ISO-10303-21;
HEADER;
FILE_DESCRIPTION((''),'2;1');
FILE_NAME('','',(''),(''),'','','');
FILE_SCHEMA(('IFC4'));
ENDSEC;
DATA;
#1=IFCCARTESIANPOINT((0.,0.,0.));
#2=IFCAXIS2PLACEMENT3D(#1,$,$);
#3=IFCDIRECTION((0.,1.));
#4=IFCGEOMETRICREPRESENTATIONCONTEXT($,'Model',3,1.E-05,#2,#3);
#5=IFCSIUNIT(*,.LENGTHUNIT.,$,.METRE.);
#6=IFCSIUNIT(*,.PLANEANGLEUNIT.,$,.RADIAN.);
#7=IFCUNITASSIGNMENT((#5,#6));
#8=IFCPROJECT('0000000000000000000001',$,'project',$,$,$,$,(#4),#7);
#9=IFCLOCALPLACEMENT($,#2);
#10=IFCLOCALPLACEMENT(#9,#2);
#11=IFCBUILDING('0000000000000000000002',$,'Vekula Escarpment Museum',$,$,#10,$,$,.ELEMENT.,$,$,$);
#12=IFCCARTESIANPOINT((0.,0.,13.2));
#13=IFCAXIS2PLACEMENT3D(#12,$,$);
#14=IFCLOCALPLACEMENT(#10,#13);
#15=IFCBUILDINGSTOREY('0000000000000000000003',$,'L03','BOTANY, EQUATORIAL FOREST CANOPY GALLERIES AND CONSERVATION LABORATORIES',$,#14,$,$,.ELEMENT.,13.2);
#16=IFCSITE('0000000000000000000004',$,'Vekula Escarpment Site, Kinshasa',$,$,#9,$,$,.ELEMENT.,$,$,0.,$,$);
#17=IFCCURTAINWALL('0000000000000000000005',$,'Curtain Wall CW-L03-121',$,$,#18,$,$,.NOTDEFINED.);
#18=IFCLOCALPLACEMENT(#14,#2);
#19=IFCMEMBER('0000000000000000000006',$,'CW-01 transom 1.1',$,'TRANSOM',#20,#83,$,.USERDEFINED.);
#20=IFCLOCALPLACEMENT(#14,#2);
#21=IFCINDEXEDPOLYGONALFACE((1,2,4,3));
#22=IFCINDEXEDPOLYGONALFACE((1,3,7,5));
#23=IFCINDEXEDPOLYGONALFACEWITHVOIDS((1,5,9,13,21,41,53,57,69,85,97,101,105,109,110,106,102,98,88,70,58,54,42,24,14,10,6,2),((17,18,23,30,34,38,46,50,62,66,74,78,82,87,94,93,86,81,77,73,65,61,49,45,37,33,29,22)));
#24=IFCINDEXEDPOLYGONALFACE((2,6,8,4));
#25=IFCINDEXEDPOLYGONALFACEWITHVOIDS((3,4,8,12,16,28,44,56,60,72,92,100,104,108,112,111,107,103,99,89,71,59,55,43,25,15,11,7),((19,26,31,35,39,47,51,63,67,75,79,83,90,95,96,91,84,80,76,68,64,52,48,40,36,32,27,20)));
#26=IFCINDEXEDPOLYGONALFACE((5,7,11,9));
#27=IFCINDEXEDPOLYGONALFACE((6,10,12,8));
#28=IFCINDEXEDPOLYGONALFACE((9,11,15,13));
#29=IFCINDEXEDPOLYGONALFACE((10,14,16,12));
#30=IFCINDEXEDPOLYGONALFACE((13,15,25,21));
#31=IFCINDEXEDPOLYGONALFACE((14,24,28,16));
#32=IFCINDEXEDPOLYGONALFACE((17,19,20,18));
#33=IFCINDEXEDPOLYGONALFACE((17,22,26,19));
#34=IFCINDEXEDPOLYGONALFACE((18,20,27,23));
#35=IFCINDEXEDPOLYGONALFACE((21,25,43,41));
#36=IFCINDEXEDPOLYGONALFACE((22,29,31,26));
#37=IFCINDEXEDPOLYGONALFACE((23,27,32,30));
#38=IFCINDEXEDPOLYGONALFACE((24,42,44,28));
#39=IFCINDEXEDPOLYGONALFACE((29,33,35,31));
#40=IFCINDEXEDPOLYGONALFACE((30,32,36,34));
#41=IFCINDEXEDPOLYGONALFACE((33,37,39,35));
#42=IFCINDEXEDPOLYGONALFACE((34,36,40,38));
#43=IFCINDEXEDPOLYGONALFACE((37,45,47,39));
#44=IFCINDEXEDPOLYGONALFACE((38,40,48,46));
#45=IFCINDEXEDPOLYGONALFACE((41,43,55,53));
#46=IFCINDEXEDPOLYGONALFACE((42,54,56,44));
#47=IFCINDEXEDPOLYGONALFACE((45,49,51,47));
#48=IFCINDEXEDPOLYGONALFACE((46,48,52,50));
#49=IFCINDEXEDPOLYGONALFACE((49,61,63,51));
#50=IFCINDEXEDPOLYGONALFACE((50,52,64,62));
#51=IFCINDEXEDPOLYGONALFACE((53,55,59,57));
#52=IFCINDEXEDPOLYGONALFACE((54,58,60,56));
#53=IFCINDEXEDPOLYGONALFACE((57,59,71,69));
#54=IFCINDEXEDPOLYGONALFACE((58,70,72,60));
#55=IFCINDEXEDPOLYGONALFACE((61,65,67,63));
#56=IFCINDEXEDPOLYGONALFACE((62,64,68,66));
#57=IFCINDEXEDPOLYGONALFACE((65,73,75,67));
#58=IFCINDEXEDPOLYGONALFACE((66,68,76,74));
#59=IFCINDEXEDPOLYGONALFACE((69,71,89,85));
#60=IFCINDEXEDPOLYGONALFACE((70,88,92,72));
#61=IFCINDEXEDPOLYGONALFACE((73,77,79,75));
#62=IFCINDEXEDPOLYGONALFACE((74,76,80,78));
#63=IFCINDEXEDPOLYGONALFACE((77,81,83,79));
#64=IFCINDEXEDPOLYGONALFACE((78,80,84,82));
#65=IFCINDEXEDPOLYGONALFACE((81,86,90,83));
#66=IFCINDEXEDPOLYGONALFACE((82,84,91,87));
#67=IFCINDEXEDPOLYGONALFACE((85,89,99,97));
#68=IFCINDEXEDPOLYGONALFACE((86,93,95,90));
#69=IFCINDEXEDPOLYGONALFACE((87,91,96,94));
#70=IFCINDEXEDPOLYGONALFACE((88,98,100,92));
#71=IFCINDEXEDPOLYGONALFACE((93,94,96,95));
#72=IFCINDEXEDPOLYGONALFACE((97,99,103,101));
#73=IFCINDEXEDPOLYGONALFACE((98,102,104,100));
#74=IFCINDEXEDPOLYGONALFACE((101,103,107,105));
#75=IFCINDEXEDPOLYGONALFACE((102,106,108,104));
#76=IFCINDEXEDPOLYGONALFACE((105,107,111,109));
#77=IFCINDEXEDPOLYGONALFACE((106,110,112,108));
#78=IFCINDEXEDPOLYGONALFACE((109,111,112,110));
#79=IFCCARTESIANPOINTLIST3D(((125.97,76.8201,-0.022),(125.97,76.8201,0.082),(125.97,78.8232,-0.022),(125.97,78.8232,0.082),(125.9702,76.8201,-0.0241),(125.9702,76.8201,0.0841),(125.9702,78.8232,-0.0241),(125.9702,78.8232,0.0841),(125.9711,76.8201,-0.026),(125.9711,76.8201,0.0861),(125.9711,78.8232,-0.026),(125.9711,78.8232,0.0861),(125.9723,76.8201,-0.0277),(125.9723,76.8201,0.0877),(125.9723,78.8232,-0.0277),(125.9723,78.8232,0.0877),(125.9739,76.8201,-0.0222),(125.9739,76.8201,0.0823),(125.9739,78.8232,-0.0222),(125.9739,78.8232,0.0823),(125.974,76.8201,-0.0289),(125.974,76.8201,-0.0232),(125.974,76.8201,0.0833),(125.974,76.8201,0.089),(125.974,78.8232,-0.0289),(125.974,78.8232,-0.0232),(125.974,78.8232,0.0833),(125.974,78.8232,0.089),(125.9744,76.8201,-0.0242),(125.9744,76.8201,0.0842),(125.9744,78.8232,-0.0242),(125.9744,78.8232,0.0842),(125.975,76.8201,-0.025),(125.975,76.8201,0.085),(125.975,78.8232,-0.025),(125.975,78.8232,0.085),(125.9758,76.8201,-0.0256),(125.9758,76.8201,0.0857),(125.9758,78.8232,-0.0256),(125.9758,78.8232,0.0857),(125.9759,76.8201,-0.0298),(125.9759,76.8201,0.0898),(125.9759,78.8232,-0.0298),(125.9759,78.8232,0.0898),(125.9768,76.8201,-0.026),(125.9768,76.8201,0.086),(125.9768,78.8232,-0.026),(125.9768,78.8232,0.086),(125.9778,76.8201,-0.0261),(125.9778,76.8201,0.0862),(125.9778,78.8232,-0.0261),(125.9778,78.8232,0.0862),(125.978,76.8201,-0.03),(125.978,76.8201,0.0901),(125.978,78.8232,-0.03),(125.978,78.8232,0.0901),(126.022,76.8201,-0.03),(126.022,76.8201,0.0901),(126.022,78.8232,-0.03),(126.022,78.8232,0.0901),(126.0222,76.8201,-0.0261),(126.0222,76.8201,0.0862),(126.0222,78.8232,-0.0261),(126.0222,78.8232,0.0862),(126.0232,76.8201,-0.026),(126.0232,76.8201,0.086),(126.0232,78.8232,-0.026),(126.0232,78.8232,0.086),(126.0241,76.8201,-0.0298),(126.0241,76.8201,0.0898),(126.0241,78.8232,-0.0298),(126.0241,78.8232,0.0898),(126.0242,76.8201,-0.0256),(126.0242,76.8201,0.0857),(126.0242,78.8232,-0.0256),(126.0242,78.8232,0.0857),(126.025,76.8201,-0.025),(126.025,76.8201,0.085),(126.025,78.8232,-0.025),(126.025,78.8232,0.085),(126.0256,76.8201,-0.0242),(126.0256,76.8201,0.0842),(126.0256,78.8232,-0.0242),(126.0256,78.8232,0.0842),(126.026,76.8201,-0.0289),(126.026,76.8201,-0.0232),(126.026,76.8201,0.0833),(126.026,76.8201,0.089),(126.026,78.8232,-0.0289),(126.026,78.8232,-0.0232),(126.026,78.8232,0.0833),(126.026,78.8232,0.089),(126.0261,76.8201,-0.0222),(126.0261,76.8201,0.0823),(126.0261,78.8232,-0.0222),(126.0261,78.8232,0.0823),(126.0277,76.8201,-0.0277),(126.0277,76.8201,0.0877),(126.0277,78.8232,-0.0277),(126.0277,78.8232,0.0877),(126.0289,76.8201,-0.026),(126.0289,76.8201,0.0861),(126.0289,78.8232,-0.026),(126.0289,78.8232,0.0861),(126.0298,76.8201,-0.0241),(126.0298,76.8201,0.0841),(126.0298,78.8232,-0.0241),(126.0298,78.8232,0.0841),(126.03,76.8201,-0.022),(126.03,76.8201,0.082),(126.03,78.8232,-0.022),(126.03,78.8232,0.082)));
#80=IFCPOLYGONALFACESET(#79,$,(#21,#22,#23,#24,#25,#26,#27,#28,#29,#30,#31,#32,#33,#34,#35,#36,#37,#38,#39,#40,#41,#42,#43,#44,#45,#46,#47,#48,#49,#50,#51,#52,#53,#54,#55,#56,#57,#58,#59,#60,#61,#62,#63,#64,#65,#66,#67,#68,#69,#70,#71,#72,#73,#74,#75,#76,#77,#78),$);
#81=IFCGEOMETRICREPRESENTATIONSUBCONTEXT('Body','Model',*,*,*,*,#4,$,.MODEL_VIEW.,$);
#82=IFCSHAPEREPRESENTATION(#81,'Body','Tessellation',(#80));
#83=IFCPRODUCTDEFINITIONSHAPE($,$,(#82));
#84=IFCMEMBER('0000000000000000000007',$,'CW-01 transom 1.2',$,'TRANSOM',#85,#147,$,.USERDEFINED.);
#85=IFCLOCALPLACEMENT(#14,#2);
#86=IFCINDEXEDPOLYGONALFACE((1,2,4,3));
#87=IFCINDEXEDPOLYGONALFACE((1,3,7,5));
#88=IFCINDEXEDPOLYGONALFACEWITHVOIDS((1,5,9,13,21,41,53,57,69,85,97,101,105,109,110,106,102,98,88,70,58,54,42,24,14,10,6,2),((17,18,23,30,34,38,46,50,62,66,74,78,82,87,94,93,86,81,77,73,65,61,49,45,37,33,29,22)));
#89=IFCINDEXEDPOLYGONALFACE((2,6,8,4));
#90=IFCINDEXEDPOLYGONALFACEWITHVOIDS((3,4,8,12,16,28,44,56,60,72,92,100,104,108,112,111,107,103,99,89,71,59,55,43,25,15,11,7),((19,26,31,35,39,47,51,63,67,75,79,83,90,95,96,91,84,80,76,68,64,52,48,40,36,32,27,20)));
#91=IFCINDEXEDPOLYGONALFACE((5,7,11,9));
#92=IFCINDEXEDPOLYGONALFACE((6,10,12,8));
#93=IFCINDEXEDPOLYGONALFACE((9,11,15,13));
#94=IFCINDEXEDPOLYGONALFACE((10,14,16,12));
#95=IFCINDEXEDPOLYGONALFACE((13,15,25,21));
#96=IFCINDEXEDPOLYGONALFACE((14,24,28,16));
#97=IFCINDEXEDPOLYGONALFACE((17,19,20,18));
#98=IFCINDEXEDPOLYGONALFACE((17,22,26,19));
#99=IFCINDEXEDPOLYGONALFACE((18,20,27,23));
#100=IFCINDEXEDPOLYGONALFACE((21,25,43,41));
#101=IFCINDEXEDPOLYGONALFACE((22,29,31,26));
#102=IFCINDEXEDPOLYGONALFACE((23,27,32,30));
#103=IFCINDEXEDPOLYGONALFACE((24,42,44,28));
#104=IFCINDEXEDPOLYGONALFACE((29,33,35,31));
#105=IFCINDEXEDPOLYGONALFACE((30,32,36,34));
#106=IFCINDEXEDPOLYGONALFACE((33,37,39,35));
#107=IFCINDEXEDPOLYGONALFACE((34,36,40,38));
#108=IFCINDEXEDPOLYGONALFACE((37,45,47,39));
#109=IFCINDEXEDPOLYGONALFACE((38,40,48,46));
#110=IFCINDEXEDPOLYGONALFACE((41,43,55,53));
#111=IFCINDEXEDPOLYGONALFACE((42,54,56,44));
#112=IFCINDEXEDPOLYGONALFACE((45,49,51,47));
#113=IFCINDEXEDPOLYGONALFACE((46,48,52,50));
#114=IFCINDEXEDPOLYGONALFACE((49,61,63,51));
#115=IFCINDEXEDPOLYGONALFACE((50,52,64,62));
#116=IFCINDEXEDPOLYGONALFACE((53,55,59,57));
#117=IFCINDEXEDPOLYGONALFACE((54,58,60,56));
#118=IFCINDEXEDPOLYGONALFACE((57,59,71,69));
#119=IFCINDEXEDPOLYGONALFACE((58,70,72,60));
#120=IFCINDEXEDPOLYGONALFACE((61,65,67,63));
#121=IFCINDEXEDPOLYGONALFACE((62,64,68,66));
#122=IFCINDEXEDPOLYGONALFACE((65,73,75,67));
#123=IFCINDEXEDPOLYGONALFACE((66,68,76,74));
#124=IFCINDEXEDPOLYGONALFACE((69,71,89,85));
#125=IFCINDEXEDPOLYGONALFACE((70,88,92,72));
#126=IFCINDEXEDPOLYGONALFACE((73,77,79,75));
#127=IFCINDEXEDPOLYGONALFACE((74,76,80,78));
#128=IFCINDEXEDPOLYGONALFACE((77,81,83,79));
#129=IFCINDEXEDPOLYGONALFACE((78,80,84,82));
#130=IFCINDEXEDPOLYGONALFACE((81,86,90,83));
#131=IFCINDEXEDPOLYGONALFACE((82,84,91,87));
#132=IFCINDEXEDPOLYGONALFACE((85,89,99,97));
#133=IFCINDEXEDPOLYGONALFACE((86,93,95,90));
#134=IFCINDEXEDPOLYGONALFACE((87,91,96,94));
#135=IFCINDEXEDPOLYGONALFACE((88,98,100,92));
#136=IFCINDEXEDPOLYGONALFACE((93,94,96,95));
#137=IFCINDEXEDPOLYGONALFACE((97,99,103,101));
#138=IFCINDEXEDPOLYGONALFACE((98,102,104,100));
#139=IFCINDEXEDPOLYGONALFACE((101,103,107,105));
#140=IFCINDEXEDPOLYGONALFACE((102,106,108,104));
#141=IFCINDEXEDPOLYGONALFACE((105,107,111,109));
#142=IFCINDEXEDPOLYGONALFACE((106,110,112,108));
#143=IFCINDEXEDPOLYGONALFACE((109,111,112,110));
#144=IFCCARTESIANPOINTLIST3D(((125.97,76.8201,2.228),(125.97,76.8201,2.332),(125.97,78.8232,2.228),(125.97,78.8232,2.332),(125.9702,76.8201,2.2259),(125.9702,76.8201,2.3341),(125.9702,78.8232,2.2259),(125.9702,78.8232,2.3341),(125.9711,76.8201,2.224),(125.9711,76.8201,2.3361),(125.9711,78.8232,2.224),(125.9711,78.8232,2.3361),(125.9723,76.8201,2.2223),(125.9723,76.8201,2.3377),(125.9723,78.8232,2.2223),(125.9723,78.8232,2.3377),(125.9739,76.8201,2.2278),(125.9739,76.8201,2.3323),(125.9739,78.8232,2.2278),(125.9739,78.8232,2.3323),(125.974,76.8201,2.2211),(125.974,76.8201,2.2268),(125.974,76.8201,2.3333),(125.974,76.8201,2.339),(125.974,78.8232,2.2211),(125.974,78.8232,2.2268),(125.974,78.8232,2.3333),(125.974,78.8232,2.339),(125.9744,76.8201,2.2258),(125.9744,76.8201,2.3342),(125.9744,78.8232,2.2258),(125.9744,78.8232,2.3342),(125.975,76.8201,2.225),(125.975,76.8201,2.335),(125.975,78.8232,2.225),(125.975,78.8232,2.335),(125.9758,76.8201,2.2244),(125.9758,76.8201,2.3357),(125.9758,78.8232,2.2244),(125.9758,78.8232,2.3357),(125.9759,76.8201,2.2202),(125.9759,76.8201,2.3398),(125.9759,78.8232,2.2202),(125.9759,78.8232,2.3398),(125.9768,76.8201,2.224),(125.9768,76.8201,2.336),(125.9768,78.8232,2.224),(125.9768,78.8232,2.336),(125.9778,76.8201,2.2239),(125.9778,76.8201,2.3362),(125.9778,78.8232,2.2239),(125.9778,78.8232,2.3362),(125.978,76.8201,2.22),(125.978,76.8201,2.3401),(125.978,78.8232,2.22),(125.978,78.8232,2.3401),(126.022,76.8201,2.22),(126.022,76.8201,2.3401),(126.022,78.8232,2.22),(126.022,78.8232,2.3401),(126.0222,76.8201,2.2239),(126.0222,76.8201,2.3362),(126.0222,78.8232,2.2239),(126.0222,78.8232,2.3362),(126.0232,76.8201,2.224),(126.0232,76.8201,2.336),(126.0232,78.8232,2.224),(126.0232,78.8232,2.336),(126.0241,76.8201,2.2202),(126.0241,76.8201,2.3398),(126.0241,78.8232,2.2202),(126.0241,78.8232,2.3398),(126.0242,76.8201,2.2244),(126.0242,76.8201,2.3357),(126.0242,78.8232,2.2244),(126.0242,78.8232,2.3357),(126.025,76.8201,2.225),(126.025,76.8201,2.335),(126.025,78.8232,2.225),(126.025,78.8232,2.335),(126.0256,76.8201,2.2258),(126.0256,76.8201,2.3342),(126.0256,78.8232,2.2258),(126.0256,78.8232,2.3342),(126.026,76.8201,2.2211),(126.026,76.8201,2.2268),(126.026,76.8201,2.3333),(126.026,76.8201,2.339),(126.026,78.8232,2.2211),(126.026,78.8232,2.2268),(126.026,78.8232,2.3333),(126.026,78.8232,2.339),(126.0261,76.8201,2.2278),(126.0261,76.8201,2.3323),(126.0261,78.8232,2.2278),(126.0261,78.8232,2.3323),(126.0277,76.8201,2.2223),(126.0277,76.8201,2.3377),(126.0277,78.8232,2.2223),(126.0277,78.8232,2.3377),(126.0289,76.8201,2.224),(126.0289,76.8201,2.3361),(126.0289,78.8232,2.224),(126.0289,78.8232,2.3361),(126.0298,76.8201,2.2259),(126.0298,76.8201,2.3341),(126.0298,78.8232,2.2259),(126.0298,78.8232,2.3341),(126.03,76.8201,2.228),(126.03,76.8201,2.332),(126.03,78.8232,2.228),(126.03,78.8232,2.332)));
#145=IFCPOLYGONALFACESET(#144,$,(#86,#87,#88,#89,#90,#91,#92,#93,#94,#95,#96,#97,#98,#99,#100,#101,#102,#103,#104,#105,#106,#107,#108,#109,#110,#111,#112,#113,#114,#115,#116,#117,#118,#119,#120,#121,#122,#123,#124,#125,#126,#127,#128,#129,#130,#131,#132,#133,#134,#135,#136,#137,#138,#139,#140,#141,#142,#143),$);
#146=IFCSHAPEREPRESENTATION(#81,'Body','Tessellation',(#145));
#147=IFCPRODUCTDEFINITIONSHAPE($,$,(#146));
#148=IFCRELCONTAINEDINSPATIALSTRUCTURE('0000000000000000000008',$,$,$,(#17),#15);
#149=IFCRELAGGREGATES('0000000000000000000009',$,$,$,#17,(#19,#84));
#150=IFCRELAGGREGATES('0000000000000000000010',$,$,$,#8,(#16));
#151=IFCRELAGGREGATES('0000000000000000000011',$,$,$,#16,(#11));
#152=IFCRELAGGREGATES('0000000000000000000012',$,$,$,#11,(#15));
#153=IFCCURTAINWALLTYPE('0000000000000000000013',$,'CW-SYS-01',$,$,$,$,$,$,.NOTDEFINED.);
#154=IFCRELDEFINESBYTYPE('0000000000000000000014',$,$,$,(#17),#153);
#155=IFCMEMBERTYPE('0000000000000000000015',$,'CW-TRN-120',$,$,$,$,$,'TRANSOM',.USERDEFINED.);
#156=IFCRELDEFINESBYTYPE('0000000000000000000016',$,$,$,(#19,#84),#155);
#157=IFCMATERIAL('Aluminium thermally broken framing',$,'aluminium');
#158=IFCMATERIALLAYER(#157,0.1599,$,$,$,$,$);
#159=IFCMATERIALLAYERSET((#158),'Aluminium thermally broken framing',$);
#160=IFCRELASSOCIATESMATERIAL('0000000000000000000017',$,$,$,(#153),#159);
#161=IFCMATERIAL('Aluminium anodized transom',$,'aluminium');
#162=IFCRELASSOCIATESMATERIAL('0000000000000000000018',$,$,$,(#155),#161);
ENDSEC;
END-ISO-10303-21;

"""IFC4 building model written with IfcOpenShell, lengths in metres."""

from ifc_helpers import new_model, si_unit, direction, frame, origin, origin_2d, place, context, subcontext, project, spatial, hollow_rectangle, extrude, material, layer, layer_set, material_profile, profile_set, type_object, element, aggregate, save


model = new_model("IFC4")

# Units and contexts
model_context = context("Model", 3, precision=1e-05, world=origin(), true_north=direction((0.0, 1.0)))
body_context = subcontext(model_context, "Body", "Model", "MODEL_VIEW")
ifc_project = project(units=[si_unit("LENGTHUNIT", "METRE"), si_unit("PLANEANGLEUNIT", "RADIAN")], contexts=[model_context])

# Site, building, storey
site_placement = place(None, origin())
site = spatial("IfcSite", under=ifc_project, at=site_placement, Name="Vekula Escarpment Site, Kinshasa", CompositionType="ELEMENT", RefElevation=0.0)
building_placement = place(site_placement, origin())
building = spatial("IfcBuilding", under=site, at=building_placement, Name="Vekula Escarpment Museum", CompositionType="ELEMENT")
storey_placement = place(building_placement, frame((0.0, 0.0, 13.2)))
storey = spatial("IfcBuildingStorey", under=building, at=storey_placement, Name="L03", Description="BOTANY, EQUATORIAL FOREST CANOPY GALLERIES AND CONSERVATION LABORATORIES", CompositionType="ELEMENT", Elevation=13.2)

# Curtain wall, members
ifc_material_1 = material(Name="Aluminium thermally broken framing", Category="aluminium")
ifc_layer_1 = layer(ifc_material_1, 0.1599)
ifc_layer_set_1 = layer_set([ifc_layer_1], Name="Aluminium thermally broken framing")
curtain_wall_type = type_object("IfcCurtainWallType", Name="CW-SYS-01", PredefinedType="NOTDEFINED", material=ifc_layer_set_1)
curtain_wall_placement = place(storey_placement, origin())
curtain_wall = element("IfcCurtainWall", 1, at=curtain_wall_placement, inside=storey, type_object=curtain_wall_type, Name="Curtain Wall CW-L03-121", PredefinedType="NOTDEFINED")
ifc_material_2 = material(Name="Aluminium anodized transom", Category="aluminium")
ifc_material_profile_1 = material_profile(ifc_material_2, hollow_rectangle(XDim=0.0601, YDim=0.1201, WallThickness=0.0039, InnerFilletRadius=0.0039, OuterFilletRadius=0.0081, at=origin_2d()), Name="ALU 120x60x4")
ifc_profile_set_1 = profile_set([ifc_material_profile_1], Name="Aluminium anodized transom")
member_type_1 = type_object("IfcMemberType", Name="CW-TRN-120", ElementType="TRANSOM", PredefinedType="USERDEFINED", material=ifc_profile_set_1)
member_1_placement = place(storey_placement, frame((126.0, 76.8201, 0.03), z_axis=(0.0, 1.0, 0.0), x_axis=(-1.0, 0.0, 0.0)))
member_1 = element("IfcMember", 2, at=member_1_placement, type_object=member_type_1, Name="CW-01 transom 1.1", ObjectType="TRANSOM", PredefinedType="USERDEFINED", context=body_context, shape_type="SweptSolid", body=[
    extrude(hollow_rectangle(XDim=0.0601, YDim=0.1201, WallThickness=0.0039, InnerFilletRadius=0.0039, OuterFilletRadius=0.0081, at=origin_2d()), origin(), (0.0, 0.0, 1.0), 2.0032),
])
member_2_placement = place(storey_placement, frame((126.0, 76.8201, 2.28), z_axis=(0.0, 1.0, 0.0), x_axis=(-1.0, 0.0, 0.0)))
member_2 = element("IfcMember", 3, at=member_2_placement, type_object=member_type_1, Name="CW-01 transom 1.2", ObjectType="TRANSOM", PredefinedType="USERDEFINED", context=body_context, shape_type="SweptSolid", body=[
    extrude(hollow_rectangle(XDim=0.0601, YDim=0.1201, WallThickness=0.0039, InnerFilletRadius=0.0039, OuterFilletRadius=0.0081, at=origin_2d()), origin(), (0.0, 0.0, 1.0), 2.0032),
])
aggregate(curtain_wall, [member_1, member_2])

save(model, "model.ifc")
